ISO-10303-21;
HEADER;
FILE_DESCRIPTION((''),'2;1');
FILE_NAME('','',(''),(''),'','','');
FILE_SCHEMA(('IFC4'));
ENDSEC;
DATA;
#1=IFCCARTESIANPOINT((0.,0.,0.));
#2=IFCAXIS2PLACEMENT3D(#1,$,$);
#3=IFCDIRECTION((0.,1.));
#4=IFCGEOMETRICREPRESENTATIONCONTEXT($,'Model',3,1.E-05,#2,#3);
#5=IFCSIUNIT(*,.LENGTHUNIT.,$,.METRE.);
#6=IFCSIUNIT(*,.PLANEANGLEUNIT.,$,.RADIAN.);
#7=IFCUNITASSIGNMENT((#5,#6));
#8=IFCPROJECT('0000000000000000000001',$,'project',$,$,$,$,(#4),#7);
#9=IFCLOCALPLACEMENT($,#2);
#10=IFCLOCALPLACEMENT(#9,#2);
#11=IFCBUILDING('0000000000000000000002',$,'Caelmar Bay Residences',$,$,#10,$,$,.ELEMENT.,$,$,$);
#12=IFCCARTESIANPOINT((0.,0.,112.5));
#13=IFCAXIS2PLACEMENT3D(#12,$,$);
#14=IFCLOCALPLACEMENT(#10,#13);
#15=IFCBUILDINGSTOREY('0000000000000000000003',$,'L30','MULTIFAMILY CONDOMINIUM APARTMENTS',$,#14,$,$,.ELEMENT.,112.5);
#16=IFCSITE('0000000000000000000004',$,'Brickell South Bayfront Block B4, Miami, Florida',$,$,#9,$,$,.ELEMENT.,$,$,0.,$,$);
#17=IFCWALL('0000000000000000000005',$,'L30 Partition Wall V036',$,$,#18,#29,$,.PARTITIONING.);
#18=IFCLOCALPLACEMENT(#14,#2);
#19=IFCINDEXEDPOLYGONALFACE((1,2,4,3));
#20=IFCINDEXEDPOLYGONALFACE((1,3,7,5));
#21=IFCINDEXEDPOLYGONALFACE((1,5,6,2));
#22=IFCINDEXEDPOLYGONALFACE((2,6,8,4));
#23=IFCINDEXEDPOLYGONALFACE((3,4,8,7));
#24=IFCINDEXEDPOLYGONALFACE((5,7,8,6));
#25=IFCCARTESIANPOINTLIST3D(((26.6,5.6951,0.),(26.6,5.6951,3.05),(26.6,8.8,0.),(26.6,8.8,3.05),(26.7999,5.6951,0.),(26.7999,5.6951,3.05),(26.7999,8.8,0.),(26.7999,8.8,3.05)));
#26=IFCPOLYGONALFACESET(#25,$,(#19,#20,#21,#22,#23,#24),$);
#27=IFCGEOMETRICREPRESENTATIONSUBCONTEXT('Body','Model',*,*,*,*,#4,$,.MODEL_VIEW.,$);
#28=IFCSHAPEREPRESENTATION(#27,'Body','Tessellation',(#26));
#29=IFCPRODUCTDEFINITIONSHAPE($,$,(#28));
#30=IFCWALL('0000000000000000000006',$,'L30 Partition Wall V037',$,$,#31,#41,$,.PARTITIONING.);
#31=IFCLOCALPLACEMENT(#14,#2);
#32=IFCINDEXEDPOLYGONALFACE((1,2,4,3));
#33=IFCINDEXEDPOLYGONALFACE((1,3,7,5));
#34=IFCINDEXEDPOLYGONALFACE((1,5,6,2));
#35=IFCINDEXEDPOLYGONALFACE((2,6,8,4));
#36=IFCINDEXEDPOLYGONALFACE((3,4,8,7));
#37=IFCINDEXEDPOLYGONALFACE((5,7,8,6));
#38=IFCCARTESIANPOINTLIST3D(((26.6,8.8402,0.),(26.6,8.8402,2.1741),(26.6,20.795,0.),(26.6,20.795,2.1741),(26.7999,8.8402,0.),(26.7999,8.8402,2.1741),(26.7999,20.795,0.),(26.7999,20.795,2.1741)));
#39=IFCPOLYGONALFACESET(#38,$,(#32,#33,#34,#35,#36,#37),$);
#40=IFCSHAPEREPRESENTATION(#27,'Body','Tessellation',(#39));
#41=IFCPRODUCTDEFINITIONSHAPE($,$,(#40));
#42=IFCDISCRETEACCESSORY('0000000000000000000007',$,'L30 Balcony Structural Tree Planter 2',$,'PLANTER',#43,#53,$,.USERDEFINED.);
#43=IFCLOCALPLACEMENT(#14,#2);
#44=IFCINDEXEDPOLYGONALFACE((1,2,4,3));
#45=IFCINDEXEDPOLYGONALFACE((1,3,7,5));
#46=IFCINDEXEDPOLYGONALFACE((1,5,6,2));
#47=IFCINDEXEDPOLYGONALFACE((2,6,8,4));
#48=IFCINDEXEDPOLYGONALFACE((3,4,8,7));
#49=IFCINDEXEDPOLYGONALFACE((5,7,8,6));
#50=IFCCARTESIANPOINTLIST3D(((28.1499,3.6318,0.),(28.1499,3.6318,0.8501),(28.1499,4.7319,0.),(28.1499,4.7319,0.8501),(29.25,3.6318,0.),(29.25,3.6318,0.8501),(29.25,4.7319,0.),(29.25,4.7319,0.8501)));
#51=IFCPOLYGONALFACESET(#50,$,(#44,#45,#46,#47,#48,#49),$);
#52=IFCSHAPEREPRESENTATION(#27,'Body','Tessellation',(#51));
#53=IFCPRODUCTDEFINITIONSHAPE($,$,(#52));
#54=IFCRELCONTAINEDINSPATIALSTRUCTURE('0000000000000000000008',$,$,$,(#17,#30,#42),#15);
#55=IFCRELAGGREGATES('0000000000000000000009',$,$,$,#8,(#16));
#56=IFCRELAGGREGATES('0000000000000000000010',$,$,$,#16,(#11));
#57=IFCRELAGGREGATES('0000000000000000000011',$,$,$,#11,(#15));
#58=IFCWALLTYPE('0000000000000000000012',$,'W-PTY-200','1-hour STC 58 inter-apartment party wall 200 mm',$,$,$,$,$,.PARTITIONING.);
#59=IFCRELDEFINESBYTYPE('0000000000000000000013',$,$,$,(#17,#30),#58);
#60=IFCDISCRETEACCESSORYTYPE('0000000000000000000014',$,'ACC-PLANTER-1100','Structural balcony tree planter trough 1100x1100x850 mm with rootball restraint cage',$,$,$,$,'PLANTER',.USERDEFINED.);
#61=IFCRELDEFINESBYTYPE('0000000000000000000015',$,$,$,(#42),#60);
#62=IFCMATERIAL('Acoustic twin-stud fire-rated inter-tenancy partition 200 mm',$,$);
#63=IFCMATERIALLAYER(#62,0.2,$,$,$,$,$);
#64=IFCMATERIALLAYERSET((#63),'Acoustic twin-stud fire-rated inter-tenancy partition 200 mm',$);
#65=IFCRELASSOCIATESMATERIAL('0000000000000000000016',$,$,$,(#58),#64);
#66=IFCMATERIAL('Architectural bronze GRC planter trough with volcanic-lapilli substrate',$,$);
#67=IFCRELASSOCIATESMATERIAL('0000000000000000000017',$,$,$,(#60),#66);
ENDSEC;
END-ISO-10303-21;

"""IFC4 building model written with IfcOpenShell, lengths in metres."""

from ifc_helpers import new_model, si_unit, direction, frame, frame_2d, origin, origin_2d, place, context, subcontext, project, spatial, rectangle, extrude, material, layer, layer_set, type_object, element, save


model = new_model("IFC4")

# Units and contexts
model_context = context("Model", 3, precision=1e-05, world=origin(), true_north=direction((0.0, 1.0)))
body_context = subcontext(model_context, "Body", "Model", "MODEL_VIEW")
ifc_project = project(units=[si_unit("LENGTHUNIT", "METRE"), si_unit("PLANEANGLEUNIT", "RADIAN")], contexts=[model_context])

# Site, building, storey
site_placement = place(None, origin())
site = spatial("IfcSite", under=ifc_project, at=site_placement, Name="Brickell South Bayfront Block B4, Miami, Florida", CompositionType="ELEMENT", RefElevation=0.0)
building_placement = place(site_placement, origin())
building = spatial("IfcBuilding", under=site, at=building_placement, Name="Caelmar Bay Residences", CompositionType="ELEMENT")
storey_placement = place(building_placement, frame((0.0, 0.0, 112.5)))
storey = spatial("IfcBuildingStorey", under=building, at=storey_placement, Name="L30", Description="MULTIFAMILY CONDOMINIUM APARTMENTS", CompositionType="ELEMENT", Elevation=112.5)

# Walls
ifc_material_1 = material(Name="Acoustic twin-stud fire-rated inter-tenancy partition 200 mm")
ifc_layer_1 = layer(ifc_material_1, 0.2)
ifc_layer_set_1 = layer_set([ifc_layer_1], Name="Acoustic twin-stud fire-rated inter-tenancy partition 200 mm")
wall_type_1 = type_object("IfcWallType", Name="W-PTY-200", Description="1-hour STC 58 inter-apartment party wall 200 mm", PredefinedType="PARTITIONING", material=ifc_layer_set_1)
wall_1_placement = place(storey_placement, frame((26.7, 5.6951, 0.0), z_axis=(0.0, 0.0, 1.0), x_axis=(0.0, 1.0, 0.0)))
element("IfcWall", 1, at=wall_1_placement, inside=storey, type_object=wall_type_1, Name="L30 Partition Wall V036", PredefinedType="PARTITIONING", context=body_context, shape_type="SweptSolid", body=[
    extrude(rectangle(XDim=3.105, YDim=0.2, at=frame_2d((1.5525, 0.0))), origin(), (0.0, 0.0, 1.0), 3.05),
])
wall_2_placement = place(storey_placement, frame((26.7, 8.8401, 0.0), z_axis=(0.0, 0.0, 1.0), x_axis=(0.0, 1.0, 0.0)))
element("IfcWall", 2, at=wall_2_placement, inside=storey, type_object=wall_type_1, Name="L30 Partition Wall V037", PredefinedType="PARTITIONING", context=body_context, shape_type="SweptSolid", body=[
    extrude(rectangle(XDim=11.9548, YDim=0.2, at=frame_2d((5.9775, 0.0))), origin(), (0.0, 0.0, 1.0), 2.1741),
])

# Discrete accessory
ifc_material_2 = material(Name="Architectural bronze GRC planter trough with volcanic-lapilli substrate")
discrete_accessory_type = type_object("IfcDiscreteAccessoryType", Name="ACC-PLANTER-1100", Description="Structural balcony tree planter trough 1100x1100x850 mm with rootball restraint cage", ElementType="PLANTER", PredefinedType="USERDEFINED", material=ifc_material_2)
discrete_accessory_placement = place(storey_placement, frame((28.7, 4.1819, 0.0), z_axis=(0.0, 0.0, 1.0), x_axis=(1.0, 0.0, 0.0)))
element("IfcDiscreteAccessory", 3, at=discrete_accessory_placement, inside=storey, type_object=discrete_accessory_type, Name="L30 Balcony Structural Tree Planter 2", ObjectType="PLANTER", PredefinedType="USERDEFINED", context=body_context, shape_type="SweptSolid", body=[
    extrude(rectangle(XDim=1.1001, YDim=1.1001, at=origin_2d()), origin(), (0.0, 0.0, 1.0), 0.8501),
])

save(model, "model.ifc")
